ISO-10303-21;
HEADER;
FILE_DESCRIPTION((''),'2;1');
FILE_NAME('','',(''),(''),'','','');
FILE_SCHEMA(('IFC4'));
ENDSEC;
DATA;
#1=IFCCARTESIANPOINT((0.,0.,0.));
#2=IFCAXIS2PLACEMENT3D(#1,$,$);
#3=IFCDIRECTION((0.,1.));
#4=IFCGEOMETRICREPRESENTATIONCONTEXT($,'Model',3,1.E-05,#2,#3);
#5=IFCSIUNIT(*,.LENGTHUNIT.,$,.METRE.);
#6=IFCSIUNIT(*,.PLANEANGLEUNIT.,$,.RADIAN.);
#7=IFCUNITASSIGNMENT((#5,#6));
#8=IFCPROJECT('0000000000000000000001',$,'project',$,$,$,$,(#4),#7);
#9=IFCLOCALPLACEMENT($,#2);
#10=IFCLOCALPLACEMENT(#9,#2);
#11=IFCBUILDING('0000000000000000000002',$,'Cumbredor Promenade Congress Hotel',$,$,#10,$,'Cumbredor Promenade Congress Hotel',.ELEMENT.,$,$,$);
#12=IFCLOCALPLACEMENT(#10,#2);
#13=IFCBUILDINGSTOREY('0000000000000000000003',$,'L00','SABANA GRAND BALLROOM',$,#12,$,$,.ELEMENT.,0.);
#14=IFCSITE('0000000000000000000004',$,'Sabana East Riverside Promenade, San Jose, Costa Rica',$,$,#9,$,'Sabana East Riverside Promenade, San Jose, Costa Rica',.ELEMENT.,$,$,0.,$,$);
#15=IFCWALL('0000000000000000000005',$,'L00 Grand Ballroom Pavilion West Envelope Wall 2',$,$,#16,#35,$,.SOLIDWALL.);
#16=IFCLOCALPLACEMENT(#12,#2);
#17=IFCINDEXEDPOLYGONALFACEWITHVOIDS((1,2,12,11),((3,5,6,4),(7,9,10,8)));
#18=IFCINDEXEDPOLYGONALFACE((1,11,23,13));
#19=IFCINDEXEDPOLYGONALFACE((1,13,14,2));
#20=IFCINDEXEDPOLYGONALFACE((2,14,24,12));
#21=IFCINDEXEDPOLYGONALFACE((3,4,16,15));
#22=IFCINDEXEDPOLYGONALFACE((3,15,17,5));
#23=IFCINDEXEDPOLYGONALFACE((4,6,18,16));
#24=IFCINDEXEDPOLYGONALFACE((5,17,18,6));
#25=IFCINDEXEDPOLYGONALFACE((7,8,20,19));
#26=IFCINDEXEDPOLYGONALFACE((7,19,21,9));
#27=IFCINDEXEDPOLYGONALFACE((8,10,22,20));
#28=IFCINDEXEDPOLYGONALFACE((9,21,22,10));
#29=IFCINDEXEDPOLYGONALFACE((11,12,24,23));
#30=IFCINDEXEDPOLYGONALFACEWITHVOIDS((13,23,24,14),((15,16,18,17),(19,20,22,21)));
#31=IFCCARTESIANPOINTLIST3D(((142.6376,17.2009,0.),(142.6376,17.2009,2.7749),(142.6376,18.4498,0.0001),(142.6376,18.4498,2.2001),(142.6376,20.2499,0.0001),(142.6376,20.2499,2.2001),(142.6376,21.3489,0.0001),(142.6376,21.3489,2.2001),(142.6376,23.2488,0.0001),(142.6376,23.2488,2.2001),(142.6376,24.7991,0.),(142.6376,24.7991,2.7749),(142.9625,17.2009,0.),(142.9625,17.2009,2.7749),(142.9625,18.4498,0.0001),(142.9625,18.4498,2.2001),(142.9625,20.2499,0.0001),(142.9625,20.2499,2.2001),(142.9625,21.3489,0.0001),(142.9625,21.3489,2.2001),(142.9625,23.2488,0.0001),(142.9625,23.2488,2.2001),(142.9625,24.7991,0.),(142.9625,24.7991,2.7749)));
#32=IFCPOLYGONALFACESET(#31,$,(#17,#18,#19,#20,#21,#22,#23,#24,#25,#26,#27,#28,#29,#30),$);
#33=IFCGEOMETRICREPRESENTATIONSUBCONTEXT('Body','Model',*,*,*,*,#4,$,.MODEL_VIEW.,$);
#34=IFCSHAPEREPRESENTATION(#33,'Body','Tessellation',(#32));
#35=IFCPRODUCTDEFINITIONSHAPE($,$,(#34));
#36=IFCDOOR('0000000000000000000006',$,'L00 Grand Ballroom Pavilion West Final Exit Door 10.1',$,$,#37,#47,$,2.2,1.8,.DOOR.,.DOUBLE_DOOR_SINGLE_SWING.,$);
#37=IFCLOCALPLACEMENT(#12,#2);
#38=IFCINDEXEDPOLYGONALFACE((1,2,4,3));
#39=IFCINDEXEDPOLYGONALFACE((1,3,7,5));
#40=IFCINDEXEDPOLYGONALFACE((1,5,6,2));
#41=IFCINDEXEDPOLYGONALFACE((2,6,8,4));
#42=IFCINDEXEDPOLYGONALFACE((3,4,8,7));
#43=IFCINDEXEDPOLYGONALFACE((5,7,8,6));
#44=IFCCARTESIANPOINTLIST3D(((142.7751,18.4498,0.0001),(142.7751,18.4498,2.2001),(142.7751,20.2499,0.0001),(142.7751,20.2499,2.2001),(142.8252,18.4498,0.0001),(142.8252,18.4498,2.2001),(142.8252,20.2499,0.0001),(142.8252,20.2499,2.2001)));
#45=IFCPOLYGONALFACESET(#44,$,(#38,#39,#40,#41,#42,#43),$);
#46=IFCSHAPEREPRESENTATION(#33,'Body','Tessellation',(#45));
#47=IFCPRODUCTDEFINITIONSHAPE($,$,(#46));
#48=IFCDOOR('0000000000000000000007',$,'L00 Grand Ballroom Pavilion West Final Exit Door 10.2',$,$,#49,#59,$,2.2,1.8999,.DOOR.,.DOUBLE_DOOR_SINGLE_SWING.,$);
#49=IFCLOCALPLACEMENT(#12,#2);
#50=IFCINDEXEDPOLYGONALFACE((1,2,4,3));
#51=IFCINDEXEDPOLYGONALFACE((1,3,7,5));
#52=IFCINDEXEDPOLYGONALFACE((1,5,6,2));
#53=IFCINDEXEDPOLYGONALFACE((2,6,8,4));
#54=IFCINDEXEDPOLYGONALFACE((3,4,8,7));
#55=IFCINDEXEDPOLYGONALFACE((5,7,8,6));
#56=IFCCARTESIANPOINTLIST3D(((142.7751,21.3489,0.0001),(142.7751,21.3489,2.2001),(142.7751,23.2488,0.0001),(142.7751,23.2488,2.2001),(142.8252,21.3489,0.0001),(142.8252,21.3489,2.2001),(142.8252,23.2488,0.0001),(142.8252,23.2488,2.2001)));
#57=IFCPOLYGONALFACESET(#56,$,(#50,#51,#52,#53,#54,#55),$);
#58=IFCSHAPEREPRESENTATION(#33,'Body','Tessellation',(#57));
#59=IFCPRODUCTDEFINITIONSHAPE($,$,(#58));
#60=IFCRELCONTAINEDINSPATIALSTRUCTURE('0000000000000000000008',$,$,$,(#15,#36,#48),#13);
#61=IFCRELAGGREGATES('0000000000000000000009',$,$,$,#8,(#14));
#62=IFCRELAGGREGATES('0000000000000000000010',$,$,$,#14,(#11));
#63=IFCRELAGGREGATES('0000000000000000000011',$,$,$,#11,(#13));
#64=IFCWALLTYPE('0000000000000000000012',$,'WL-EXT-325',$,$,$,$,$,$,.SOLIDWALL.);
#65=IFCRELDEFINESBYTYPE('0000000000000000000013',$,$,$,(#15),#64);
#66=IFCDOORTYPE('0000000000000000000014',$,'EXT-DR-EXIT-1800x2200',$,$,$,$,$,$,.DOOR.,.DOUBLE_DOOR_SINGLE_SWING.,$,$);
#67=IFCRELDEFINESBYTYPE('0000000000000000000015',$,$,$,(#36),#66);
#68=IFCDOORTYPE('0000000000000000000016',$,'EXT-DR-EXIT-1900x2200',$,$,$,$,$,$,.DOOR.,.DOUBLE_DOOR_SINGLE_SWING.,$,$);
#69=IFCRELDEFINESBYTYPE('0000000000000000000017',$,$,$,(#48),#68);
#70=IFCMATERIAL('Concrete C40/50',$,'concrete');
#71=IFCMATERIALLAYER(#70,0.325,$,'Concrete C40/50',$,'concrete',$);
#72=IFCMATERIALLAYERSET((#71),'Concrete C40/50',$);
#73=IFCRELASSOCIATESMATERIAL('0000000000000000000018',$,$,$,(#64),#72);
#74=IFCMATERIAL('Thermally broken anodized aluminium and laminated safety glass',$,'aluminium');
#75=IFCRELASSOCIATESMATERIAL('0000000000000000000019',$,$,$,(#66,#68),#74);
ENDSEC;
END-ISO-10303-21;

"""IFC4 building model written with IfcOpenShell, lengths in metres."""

from ifc_helpers import new_model, si_unit, direction, frame, frame_2d, origin, place, context, subcontext, project, spatial, rectangle, extrude, material, layer, layer_set, type_object, element, fill, save


model = new_model("IFC4")

# Units and contexts
model_context = context("Model", 3, precision=1e-05, world=origin(), true_north=direction((0.0, 1.0)))
body_context = subcontext(model_context, "Body", "Model", "MODEL_VIEW")
ifc_project = project(units=[si_unit("LENGTHUNIT", "METRE"), si_unit("PLANEANGLEUNIT", "RADIAN")], contexts=[model_context])

# Site, building, storey
site_placement = place(None, origin())
site = spatial("IfcSite", under=ifc_project, at=site_placement, Name="Sabana East Riverside Promenade, San Jose, Costa Rica", LongName="Sabana East Riverside Promenade, San Jose, Costa Rica", CompositionType="ELEMENT", RefElevation=0.0)
building_placement = place(site_placement, origin())
building = spatial("IfcBuilding", under=site, at=building_placement, Name="Cumbredor Promenade Congress Hotel", LongName="Cumbredor Promenade Congress Hotel", CompositionType="ELEMENT")
storey_placement = place(building_placement, origin())
storey = spatial("IfcBuildingStorey", under=building, at=storey_placement, Name="L00", Description="SABANA GRAND BALLROOM", CompositionType="ELEMENT", Elevation=0.0)

# Shared definitions
ifc_material_1 = material(Name="Concrete C40/50", Category="concrete")

# Wall, openings, doors
ifc_layer_1 = layer(ifc_material_1, 0.325, Name="Concrete C40/50", Category="concrete")
ifc_layer_set_1 = layer_set([ifc_layer_1], Name="Concrete C40/50")
wall_type_1 = type_object("IfcWallType", Name="WL-EXT-325", PredefinedType="SOLIDWALL", material=ifc_layer_set_1)
wall_1_placement = place(storey_placement, frame((142.8, 17.2009, 0.0), z_axis=(0.0, 0.0, 1.0), x_axis=(0.0, 1.0, 0.0)))
wall_1 = element("IfcWall", 1, at=wall_1_placement, inside=storey, type_object=wall_type_1, Name="L00 Grand Ballroom Pavilion West Envelope Wall 2", PredefinedType="SOLIDWALL", context=body_context, shape_type="SweptSolid", body=[
    extrude(rectangle(XDim=7.5981, YDim=0.325, at=frame_2d((3.7991, 0.0))), origin(), (0.0, 0.0, 1.0), 2.7749),
])
opening_1_placement = place(wall_1_placement, frame((1.249, 0.0, 0.0)))
opening_1 = element("IfcOpeningElement", 2, at=opening_1_placement, cuts=wall_1, PredefinedType="OPENING", context=body_context, shape_type="SweptSolid", body=[
    extrude(rectangle(XDim=1.8, YDim=2.2, at=frame_2d((0.8999, 1.1001))), frame((0.0, 0.1724, 0.0), z_axis=(0.0, -1.0, 0.0), x_axis=(1.0, 0.0, 0.0)), (0.0, 0.0, 1.0), 0.345),
])
opening_2_placement = place(wall_1_placement, frame((4.1479, 0.0, 0.0)))
opening_2 = element("IfcOpeningElement", 3, at=opening_2_placement, cuts=wall_1, PredefinedType="OPENING", context=body_context, shape_type="SweptSolid", body=[
    extrude(rectangle(XDim=1.8999, YDim=2.2, at=frame_2d((0.95, 1.1001))), frame((0.0, 0.1724, 0.0), z_axis=(0.0, -1.0, 0.0), x_axis=(1.0, 0.0, 0.0)), (0.0, 0.0, 1.0), 0.345),
])
ifc_material_2 = material(Name="Thermally broken anodized aluminium and laminated safety glass", Category="aluminium")
door_type_1 = type_object("IfcDoorType", Name="EXT-DR-EXIT-1800x2200", OperationType="DOUBLE_DOOR_SINGLE_SWING", PredefinedType="DOOR", material=ifc_material_2)
door_1_placement = place(opening_1_placement, origin())
door_1 = element("IfcDoor", 4, at=door_1_placement, inside=storey, type_object=door_type_1, Name="L00 Grand Ballroom Pavilion West Final Exit Door 10.1", OperationType="DOUBLE_DOOR_SINGLE_SWING", OverallHeight=2.2, OverallWidth=1.8, PredefinedType="DOOR", context=body_context, shape_type="SweptSolid", body=[
    extrude(rectangle(XDim=1.8, YDim=2.2, at=frame_2d((0.8999, 1.1001))), frame((0.0, 0.0249, 0.0), z_axis=(0.0, -1.0, 0.0), x_axis=(1.0, 0.0, 0.0)), (0.0, 0.0, 1.0), 0.05),
])
fill(opening_1, door_1)
door_type_2 = type_object("IfcDoorType", Name="EXT-DR-EXIT-1900x2200", OperationType="DOUBLE_DOOR_SINGLE_SWING", PredefinedType="DOOR", material=ifc_material_2)
door_2_placement = place(opening_2_placement, origin())
door_2 = element("IfcDoor", 5, at=door_2_placement, inside=storey, type_object=door_type_2, Name="L00 Grand Ballroom Pavilion West Final Exit Door 10.2", OperationType="DOUBLE_DOOR_SINGLE_SWING", OverallHeight=2.2, OverallWidth=1.8999, PredefinedType="DOOR", context=body_context, shape_type="SweptSolid", body=[
    extrude(rectangle(XDim=1.8999, YDim=2.2, at=frame_2d((0.95, 1.1001))), frame((0.0, 0.0249, 0.0), z_axis=(0.0, -1.0, 0.0), x_axis=(1.0, 0.0, 0.0)), (0.0, 0.0, 1.0), 0.05),
])
fill(opening_2, door_2)

save(model, "model.ifc")
